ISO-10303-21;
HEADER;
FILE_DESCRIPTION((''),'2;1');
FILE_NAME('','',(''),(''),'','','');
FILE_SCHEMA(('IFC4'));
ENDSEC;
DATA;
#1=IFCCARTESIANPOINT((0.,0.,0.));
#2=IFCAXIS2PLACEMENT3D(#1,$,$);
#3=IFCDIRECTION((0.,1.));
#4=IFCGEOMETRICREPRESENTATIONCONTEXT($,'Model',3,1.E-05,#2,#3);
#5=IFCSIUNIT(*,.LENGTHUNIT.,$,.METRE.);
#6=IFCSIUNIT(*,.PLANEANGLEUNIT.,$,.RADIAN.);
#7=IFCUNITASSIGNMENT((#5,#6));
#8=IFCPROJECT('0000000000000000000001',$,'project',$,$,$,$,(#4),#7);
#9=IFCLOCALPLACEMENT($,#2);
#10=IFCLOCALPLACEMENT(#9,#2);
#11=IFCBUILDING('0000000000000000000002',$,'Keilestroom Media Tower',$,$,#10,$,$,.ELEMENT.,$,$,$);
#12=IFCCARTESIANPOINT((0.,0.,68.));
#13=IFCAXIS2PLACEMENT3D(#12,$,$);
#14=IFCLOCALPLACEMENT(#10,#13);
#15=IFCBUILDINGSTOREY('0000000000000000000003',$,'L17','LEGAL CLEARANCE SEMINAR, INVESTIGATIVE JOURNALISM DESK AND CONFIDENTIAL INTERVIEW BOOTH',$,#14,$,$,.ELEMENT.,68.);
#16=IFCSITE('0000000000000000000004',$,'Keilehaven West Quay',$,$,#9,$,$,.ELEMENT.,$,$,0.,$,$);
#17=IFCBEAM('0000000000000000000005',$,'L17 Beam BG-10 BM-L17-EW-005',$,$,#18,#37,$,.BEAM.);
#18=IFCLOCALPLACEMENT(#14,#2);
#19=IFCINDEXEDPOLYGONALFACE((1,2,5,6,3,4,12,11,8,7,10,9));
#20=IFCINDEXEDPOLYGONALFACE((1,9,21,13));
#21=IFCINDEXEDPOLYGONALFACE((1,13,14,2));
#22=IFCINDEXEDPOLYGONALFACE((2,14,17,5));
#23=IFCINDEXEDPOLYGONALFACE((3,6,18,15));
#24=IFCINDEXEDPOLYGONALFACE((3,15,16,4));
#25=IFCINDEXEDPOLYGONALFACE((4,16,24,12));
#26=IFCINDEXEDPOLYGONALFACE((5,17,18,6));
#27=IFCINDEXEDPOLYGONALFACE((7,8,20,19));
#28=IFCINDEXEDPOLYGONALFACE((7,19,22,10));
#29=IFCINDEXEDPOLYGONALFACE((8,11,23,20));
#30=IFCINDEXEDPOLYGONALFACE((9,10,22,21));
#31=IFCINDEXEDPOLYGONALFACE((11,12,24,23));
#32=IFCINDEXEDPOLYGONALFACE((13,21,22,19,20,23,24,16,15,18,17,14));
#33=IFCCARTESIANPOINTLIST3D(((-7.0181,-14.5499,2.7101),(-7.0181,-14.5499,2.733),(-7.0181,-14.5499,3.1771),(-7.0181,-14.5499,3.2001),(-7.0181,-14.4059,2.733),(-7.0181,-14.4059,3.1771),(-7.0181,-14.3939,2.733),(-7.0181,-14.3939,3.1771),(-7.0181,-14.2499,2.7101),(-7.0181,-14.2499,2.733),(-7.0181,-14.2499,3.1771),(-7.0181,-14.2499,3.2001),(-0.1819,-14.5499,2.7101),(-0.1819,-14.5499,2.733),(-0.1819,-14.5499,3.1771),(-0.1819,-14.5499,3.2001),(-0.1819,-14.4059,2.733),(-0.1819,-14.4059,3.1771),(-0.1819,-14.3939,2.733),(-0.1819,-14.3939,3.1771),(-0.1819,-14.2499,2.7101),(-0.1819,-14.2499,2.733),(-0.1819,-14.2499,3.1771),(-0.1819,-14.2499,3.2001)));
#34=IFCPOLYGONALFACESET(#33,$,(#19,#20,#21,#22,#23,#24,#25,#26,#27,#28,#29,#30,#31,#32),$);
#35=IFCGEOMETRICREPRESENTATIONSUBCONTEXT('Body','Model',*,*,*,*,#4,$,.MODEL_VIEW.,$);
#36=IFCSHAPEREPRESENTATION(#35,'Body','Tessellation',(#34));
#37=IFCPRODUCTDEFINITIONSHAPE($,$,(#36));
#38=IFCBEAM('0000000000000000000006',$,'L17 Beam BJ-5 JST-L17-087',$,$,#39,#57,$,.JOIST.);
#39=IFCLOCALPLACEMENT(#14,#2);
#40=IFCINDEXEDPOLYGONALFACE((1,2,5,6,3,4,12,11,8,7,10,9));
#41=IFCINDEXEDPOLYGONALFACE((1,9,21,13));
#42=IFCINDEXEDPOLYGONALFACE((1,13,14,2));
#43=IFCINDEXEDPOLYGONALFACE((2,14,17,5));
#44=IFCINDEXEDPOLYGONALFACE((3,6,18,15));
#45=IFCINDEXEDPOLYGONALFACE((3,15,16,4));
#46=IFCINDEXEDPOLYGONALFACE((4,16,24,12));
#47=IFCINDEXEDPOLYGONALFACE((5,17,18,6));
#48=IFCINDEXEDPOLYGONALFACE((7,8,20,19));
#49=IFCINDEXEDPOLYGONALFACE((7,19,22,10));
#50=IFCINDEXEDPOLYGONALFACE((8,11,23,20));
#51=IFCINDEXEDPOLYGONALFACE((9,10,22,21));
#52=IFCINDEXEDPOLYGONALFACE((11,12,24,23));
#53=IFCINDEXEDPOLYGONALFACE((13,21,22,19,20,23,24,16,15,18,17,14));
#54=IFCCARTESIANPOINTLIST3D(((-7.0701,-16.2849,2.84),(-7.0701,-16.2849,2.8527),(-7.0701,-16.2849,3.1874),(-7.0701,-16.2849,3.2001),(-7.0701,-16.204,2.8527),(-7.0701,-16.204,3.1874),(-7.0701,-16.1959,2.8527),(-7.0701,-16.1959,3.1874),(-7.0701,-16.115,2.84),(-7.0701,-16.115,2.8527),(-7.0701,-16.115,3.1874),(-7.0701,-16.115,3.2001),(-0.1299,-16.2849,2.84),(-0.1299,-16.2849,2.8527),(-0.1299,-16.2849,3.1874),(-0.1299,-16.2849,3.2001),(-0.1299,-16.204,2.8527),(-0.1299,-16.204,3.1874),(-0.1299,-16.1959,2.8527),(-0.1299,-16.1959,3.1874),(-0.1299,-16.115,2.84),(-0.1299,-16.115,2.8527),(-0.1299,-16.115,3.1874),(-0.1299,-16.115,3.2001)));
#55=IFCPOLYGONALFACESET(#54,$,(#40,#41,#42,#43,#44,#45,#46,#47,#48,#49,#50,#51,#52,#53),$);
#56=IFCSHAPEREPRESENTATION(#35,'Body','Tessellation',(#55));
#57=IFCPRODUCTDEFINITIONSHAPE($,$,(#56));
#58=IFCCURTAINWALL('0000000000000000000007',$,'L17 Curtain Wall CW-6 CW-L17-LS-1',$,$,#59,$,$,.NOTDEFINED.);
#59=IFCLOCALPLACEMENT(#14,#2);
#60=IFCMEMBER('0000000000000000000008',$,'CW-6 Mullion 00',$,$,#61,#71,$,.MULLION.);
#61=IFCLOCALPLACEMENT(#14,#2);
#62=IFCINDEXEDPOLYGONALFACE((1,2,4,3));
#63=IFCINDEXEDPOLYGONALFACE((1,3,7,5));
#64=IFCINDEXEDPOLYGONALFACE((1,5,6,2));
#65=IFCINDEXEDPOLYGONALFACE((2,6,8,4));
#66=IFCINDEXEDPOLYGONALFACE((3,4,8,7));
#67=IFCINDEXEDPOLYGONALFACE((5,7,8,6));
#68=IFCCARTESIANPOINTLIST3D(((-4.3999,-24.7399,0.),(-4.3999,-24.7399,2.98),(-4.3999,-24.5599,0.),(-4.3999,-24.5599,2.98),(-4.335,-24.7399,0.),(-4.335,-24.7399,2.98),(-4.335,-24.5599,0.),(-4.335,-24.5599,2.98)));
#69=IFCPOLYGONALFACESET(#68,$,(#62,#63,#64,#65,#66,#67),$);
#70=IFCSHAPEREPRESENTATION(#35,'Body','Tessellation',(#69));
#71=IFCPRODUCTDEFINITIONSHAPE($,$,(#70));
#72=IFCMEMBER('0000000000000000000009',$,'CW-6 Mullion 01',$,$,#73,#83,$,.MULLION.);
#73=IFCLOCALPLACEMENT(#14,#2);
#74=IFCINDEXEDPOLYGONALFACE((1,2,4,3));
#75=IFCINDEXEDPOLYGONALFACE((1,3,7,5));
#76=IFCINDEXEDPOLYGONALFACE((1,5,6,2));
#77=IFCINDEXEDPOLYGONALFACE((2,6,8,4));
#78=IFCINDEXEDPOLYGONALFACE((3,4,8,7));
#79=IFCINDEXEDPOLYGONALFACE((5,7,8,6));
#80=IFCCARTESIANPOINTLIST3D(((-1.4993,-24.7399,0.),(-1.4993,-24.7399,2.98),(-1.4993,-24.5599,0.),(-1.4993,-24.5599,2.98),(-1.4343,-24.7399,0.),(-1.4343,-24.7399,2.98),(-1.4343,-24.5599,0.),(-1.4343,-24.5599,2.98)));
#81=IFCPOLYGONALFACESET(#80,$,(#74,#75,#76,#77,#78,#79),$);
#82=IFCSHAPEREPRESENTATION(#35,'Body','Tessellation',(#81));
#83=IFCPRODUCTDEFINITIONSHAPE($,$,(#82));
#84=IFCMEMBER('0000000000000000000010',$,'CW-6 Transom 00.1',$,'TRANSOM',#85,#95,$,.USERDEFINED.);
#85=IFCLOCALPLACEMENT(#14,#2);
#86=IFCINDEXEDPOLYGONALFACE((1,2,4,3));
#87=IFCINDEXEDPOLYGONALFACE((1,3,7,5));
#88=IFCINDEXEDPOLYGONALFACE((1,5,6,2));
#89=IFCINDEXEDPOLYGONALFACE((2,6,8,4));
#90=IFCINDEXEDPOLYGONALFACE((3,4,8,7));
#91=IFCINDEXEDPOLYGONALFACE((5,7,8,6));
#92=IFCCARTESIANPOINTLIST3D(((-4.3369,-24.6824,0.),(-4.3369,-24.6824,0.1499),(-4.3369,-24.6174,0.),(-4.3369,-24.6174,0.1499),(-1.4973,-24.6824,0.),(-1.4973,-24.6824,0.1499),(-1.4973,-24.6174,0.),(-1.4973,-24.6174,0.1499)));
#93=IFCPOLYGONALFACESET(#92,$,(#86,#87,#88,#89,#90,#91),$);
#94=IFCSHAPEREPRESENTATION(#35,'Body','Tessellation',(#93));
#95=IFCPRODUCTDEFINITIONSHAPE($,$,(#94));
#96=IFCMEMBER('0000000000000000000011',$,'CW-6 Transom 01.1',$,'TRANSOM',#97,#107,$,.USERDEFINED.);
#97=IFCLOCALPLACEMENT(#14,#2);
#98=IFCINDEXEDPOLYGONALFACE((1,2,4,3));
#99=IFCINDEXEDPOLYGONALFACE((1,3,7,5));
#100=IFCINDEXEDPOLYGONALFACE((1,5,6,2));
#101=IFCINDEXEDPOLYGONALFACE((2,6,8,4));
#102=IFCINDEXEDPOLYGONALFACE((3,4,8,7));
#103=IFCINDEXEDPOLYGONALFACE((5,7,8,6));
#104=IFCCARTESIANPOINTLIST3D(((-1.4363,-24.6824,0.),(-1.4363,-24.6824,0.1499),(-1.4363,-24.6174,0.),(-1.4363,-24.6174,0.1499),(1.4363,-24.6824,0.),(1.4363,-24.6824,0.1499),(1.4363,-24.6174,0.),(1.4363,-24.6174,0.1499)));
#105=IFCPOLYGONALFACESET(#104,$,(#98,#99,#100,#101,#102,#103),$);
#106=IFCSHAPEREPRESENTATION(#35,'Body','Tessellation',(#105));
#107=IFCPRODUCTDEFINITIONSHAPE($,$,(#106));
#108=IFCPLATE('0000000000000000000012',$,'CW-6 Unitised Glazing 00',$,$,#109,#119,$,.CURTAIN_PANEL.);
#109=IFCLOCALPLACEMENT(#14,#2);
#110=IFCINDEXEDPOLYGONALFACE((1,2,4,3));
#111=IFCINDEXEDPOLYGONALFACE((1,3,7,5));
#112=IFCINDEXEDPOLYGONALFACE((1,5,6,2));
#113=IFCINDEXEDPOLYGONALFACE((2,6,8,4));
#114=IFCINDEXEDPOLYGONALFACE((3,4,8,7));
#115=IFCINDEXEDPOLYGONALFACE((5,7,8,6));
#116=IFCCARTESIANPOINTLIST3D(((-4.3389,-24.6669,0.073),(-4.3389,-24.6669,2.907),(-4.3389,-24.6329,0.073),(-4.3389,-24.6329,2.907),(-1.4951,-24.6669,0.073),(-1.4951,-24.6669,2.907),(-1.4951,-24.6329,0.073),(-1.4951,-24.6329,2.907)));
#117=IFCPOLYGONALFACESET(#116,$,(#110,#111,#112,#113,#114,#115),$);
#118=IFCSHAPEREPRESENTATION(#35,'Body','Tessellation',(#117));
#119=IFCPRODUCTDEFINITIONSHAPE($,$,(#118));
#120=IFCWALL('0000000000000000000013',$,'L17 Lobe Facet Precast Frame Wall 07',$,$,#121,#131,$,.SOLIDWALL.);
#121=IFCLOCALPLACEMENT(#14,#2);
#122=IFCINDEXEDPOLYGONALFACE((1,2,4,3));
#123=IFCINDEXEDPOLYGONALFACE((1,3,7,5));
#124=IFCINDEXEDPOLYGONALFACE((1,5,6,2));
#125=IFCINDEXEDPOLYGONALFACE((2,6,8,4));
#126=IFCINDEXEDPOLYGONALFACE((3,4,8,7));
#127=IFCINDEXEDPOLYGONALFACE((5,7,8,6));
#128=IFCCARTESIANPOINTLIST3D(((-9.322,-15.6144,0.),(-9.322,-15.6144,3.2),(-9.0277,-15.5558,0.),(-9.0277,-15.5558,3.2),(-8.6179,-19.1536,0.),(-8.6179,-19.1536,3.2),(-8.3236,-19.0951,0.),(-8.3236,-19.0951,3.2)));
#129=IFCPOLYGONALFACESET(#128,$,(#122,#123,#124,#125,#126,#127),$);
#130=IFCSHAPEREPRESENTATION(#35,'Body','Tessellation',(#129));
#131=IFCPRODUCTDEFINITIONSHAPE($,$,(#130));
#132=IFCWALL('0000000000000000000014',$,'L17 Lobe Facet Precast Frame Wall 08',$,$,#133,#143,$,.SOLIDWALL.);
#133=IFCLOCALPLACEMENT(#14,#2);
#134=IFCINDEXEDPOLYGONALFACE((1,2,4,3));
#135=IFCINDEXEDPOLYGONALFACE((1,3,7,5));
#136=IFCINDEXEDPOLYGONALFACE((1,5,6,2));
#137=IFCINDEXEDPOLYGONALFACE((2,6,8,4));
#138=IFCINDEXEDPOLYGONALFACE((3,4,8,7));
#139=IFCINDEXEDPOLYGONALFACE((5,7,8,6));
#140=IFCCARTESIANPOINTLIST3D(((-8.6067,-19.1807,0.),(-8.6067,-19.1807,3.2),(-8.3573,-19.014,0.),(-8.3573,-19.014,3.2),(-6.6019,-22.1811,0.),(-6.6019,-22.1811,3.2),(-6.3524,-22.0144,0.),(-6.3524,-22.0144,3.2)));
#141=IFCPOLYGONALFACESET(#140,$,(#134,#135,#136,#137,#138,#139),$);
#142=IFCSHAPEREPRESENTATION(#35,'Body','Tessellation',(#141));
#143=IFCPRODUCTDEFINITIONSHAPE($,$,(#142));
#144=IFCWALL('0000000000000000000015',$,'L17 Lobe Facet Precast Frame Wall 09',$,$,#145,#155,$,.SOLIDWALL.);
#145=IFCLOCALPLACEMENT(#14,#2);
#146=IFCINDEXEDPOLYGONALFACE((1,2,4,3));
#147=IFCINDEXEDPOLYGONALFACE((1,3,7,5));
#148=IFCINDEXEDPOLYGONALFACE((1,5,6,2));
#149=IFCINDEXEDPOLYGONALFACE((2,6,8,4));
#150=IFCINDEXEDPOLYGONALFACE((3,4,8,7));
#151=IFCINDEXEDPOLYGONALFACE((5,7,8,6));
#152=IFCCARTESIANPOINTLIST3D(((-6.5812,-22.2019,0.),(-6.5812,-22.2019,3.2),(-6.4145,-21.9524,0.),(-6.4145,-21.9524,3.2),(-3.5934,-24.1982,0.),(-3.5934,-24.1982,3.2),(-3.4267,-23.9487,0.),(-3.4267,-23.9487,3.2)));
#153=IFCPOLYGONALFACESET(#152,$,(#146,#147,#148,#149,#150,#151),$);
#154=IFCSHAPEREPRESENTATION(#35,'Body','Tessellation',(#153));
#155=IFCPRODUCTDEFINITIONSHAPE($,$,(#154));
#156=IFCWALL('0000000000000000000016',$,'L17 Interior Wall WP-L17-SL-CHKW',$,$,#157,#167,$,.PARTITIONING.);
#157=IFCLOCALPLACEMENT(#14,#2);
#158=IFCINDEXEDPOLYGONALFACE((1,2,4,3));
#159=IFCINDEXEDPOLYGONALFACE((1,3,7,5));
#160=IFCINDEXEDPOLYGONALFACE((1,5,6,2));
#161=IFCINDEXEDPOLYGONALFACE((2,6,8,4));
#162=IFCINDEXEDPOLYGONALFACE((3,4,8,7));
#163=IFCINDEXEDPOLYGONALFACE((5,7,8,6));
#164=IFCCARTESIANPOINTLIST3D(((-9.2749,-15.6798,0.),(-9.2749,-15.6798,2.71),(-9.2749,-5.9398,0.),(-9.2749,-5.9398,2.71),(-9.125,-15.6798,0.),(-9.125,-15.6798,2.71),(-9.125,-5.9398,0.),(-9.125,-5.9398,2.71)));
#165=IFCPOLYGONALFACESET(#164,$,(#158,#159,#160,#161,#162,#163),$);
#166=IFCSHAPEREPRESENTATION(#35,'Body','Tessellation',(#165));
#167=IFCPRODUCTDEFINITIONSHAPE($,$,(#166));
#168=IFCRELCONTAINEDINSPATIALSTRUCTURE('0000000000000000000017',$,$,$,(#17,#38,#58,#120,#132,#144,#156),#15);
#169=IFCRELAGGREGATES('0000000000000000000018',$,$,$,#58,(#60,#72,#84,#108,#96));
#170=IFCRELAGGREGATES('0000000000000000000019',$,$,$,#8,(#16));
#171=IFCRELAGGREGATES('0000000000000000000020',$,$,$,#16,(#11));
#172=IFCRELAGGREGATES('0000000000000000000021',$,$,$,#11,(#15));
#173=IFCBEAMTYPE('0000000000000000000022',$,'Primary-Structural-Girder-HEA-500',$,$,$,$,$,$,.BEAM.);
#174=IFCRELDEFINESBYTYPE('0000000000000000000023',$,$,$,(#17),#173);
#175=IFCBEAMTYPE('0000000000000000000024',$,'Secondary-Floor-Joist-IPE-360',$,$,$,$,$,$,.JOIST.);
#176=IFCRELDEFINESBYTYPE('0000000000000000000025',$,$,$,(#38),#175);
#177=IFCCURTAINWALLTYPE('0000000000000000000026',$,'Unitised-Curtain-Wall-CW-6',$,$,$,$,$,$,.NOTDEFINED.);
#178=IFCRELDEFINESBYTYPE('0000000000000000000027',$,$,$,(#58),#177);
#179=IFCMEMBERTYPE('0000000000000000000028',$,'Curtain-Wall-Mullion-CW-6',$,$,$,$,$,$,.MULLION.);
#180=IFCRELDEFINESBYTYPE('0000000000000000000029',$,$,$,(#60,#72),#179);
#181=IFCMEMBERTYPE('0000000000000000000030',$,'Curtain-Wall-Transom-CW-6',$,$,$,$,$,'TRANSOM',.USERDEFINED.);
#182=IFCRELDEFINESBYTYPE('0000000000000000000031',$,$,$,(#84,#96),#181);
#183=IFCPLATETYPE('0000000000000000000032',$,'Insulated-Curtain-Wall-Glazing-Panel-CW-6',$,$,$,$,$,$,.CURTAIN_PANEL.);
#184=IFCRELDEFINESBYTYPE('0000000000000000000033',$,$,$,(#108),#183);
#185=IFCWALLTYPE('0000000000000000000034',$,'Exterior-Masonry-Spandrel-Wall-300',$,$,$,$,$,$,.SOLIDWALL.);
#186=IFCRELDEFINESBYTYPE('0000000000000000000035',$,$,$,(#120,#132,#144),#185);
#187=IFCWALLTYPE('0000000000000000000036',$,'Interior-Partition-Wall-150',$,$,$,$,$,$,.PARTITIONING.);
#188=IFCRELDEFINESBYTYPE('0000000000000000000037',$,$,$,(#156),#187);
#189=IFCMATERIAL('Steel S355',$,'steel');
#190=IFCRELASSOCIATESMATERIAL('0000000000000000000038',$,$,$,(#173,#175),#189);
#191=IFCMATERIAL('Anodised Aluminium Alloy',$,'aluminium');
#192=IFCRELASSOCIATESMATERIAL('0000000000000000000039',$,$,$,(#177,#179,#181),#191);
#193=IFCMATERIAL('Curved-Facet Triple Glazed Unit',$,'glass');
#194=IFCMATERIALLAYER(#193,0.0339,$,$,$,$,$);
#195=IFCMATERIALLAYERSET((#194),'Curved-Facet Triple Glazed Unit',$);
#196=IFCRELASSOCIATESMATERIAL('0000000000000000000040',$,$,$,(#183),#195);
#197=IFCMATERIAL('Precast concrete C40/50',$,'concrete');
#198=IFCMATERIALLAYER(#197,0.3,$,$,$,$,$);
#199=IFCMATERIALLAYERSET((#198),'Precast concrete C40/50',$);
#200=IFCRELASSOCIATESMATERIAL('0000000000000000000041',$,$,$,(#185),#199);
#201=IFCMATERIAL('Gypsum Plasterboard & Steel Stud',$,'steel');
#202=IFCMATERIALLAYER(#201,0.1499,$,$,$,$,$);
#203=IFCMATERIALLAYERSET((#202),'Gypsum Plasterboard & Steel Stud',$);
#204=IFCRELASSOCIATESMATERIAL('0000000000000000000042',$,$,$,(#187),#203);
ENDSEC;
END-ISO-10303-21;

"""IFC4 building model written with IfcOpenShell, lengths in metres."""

from ifc_helpers import new_model, si_unit, direction, frame, frame_2d, origin, origin_2d, place, context, subcontext, project, spatial, rectangle, i_section, extrude, source, transform, mapped, material, layer, layer_set, material_profile, profile_set, type_object, element, aggregate, save


model = new_model("IFC4")

# Units and contexts
model_context = context("Model", 3, precision=1e-05, world=origin(), true_north=direction((0.0, 1.0)))
body_context = subcontext(model_context, "Body", "Model", "MODEL_VIEW")
ifc_project = project(units=[si_unit("LENGTHUNIT", "METRE"), si_unit("PLANEANGLEUNIT", "RADIAN")], contexts=[model_context])

# Site, building, storey
site_placement = place(None, origin())
site = spatial("IfcSite", under=ifc_project, at=site_placement, Name="Keilehaven West Quay", CompositionType="ELEMENT", RefElevation=0.0)
building_placement = place(site_placement, origin())
building = spatial("IfcBuilding", under=site, at=building_placement, Name="Keilestroom Media Tower", CompositionType="ELEMENT")
storey_placement = place(building_placement, frame((0.0, 0.0, 68.0)))
storey = spatial("IfcBuildingStorey", under=building, at=storey_placement, Name="L17", Description="LEGAL CLEARANCE SEMINAR, INVESTIGATIVE JOURNALISM DESK AND CONFIDENTIAL INTERVIEW BOOTH", CompositionType="ELEMENT", Elevation=68.0)

# Beams
ifc_material_1 = material(Name="Steel S355", Category="steel")
ifc_material_profile_1 = material_profile(ifc_material_1, i_section(OverallWidth=0.3, OverallDepth=0.49, WebThickness=0.012, FlangeThickness=0.0229, at=origin_2d()), Name="HEA 500")
ifc_profile_set_1 = profile_set([ifc_material_profile_1], Name="Steel S355")
beam_type_1 = type_object("IfcBeamType", Name="Primary-Structural-Girder-HEA-500", PredefinedType="BEAM", material=ifc_profile_set_1)
shared_shape_1 = source(origin(), body_context, "Body", "SweptSolid", [
    extrude(i_section(OverallWidth=0.3, OverallDepth=0.49, WebThickness=0.012, FlangeThickness=0.0229, at=origin_2d()), origin(), (0.0, 0.0, 1.0), 6.8362),
])
for number, where, z_axis, x_axis, name in (
    (1, (-7.0181, -14.3999, 2.9551), (1.0, 0.0, 0.0), (0.0, 1.0, 0.0), "L17 Beam BG-10 BM-L17-EW-005"),
):
    element("IfcBeam", number, at=place(storey_placement, frame(where, z_axis=z_axis, x_axis=x_axis)), inside=storey, type_object=beam_type_1, Name=name, PredefinedType="BEAM", context=body_context, shape_type="MappedRepresentation", body=[
        mapped(shared_shape_1, transform((0.0, 0.0, 0.0), x_axis=(1.0, 0.0, 0.0), y_axis=(0.0, 1.0, 0.0), z_axis=(0.0, 0.0, 1.0), scale=1.0)),
    ])
ifc_material_profile_2 = material_profile(ifc_material_1, i_section(OverallWidth=0.1699, OverallDepth=0.3601, WebThickness=0.0081, FlangeThickness=0.0127, at=origin_2d()), Name="IPE 360")
ifc_profile_set_2 = profile_set([ifc_material_profile_2], Name="Steel S355")
beam_type_2 = type_object("IfcBeamType", Name="Secondary-Floor-Joist-IPE-360", PredefinedType="JOIST", material=ifc_profile_set_2)
shared_shape_2 = source(origin(), body_context, "Body", "SweptSolid", [
    extrude(i_section(OverallWidth=0.1699, OverallDepth=0.3601, WebThickness=0.0081, FlangeThickness=0.0127, at=origin_2d()), origin(), (0.0, 0.0, 1.0), 6.9402),
])
beam_1_placement = place(storey_placement, frame((-7.0701, -16.2, 3.02), z_axis=(1.0, 0.0, 0.0), x_axis=(0.0, 1.0, 0.0)))
element("IfcBeam", 2, at=beam_1_placement, inside=storey, type_object=beam_type_2, Name="L17 Beam BJ-5 JST-L17-087", PredefinedType="JOIST", context=body_context, shape_type="MappedRepresentation", body=[
    mapped(shared_shape_2, transform((0.0, 0.0, 0.0), x_axis=(1.0, 0.0, 0.0), y_axis=(0.0, 1.0, 0.0), z_axis=(0.0, 0.0, 1.0), scale=1.0)),
])

# Curtain wall, members, plate
ifc_material_2 = material(Name="Anodised Aluminium Alloy", Category="aluminium")
curtain_wall_type = type_object("IfcCurtainWallType", Name="Unitised-Curtain-Wall-CW-6", PredefinedType="NOTDEFINED", material=ifc_material_2)
curtain_wall_placement = place(storey_placement, origin())
curtain_wall = element("IfcCurtainWall", 3, at=curtain_wall_placement, inside=storey, type_object=curtain_wall_type, Name="L17 Curtain Wall CW-6 CW-L17-LS-1", PredefinedType="NOTDEFINED")
ifc_material_profile_3 = material_profile(ifc_material_2, rectangle(XDim=0.0649, YDim=0.1799, at=origin_2d()), Name="ALU MULLION 65x180")
ifc_profile_set_3 = profile_set([ifc_material_profile_3], Name="Anodised Aluminium Alloy")
member_type_1 = type_object("IfcMemberType", Name="Curtain-Wall-Mullion-CW-6", PredefinedType="MULLION", material=ifc_profile_set_3)
shared_shape_3 = source(origin(), body_context, "Body", "SweptSolid", [
    extrude(rectangle(XDim=0.0649, YDim=0.1799, at=origin_2d()), origin(), (0.0, 0.0, 1.0), 2.98),
])
member_1_placement = place(storey_placement, frame((-4.3674, -24.6499, 0.0), z_axis=(0.0, 0.0, 1.0), x_axis=(1.0, 0.0, 0.0)))
member_1 = element("IfcMember", 4, at=member_1_placement, type_object=member_type_1, Name="CW-6 Mullion 00", PredefinedType="MULLION", context=body_context, shape_type="MappedRepresentation", body=[
    mapped(shared_shape_3, transform((0.0, 0.0, 0.0), x_axis=(1.0, 0.0, 0.0), y_axis=(0.0, 1.0, 0.0), z_axis=(0.0, 0.0, 1.0), scale=1.0)),
])
member_2_placement = place(storey_placement, frame((-1.4668, -24.6499, 0.0), z_axis=(0.0, 0.0, 1.0), x_axis=(1.0, 0.0, 0.0)))
member_2 = element("IfcMember", 5, at=member_2_placement, type_object=member_type_1, Name="CW-6 Mullion 01", PredefinedType="MULLION", context=body_context, shape_type="MappedRepresentation", body=[
    mapped(shared_shape_3, transform((0.0, 0.0, 0.0), x_axis=(1.0, 0.0, 0.0), y_axis=(0.0, 1.0, 0.0), z_axis=(0.0, 0.0, 1.0), scale=1.0)),
])
ifc_material_profile_4 = material_profile(ifc_material_2, rectangle(XDim=0.0649, YDim=0.1499, at=origin_2d()), Name="ALU TRANSOM 65x150")
ifc_profile_set_4 = profile_set([ifc_material_profile_4], Name="Anodised Aluminium Alloy")
member_type_2 = type_object("IfcMemberType", Name="Curtain-Wall-Transom-CW-6", ElementType="TRANSOM", PredefinedType="USERDEFINED", material=ifc_profile_set_4)
shared_shape_4 = source(origin(), body_context, "Body", "SweptSolid", [
    extrude(rectangle(XDim=0.0649, YDim=0.1499, at=origin_2d()), origin(), (0.0, 0.0, 1.0), 2.8396),
])
member_3_placement = place(storey_placement, frame((-4.3369, -24.6499, 0.075), z_axis=(1.0, 0.0, 0.0), x_axis=(0.0, 1.0, 0.0)))
member_3 = element("IfcMember", 6, at=member_3_placement, type_object=member_type_2, Name="CW-6 Transom 00.1", ObjectType="TRANSOM", PredefinedType="USERDEFINED", context=body_context, shape_type="MappedRepresentation", body=[
    mapped(shared_shape_4, transform((0.0, 0.0, 0.0), x_axis=(1.0, 0.0, 0.0), y_axis=(0.0, 1.0, 0.0), z_axis=(0.0, 0.0, 1.0), scale=1.0)),
])
shared_shape_5 = source(origin(), body_context, "Body", "SweptSolid", [
    extrude(rectangle(XDim=0.0649, YDim=0.1499, at=origin_2d()), origin(), (0.0, 0.0, 1.0), 2.8726),
])
member_4_placement = place(storey_placement, frame((-1.4363, -24.6499, 0.075), z_axis=(1.0, 0.0, 0.0), x_axis=(0.0, 1.0, 0.0)))
member_4 = element("IfcMember", 7, at=member_4_placement, type_object=member_type_2, Name="CW-6 Transom 01.1", ObjectType="TRANSOM", PredefinedType="USERDEFINED", context=body_context, shape_type="MappedRepresentation", body=[
    mapped(shared_shape_5, transform((0.0, 0.0, 0.0), x_axis=(1.0, 0.0, 0.0), y_axis=(0.0, 1.0, 0.0), z_axis=(0.0, 0.0, 1.0), scale=1.0)),
])
ifc_material_3 = material(Name="Curved-Facet Triple Glazed Unit", Category="glass")
ifc_layer_1 = layer(ifc_material_3, 0.0339)
ifc_layer_set_1 = layer_set([ifc_layer_1], Name="Curved-Facet Triple Glazed Unit")
plate_type = type_object("IfcPlateType", Name="Insulated-Curtain-Wall-Glazing-Panel-CW-6", PredefinedType="CURTAIN_PANEL", material=ifc_layer_set_1)
shared_shape_6 = source(origin(), body_context, "Body", "SweptSolid", [
    extrude(rectangle(XDim=2.8438, YDim=0.0339, at=origin_2d()), origin(), (0.0, 0.0, 1.0), 2.834),
])
plate_placement = place(storey_placement, frame((-2.917, -24.6499, 0.073), z_axis=(0.0, 0.0, 1.0), x_axis=(1.0, 0.0, 0.0)))
plate = element("IfcPlate", 8, at=plate_placement, type_object=plate_type, Name="CW-6 Unitised Glazing 00", PredefinedType="CURTAIN_PANEL", context=body_context, shape_type="MappedRepresentation", body=[
    mapped(shared_shape_6, transform((0.0, 0.0, 0.0), x_axis=(1.0, 0.0, 0.0), y_axis=(0.0, 1.0, 0.0), z_axis=(0.0, 0.0, 1.0), scale=1.0)),
])
aggregate(curtain_wall, [member_1, member_2, member_3, plate, member_4])

# Walls
ifc_material_4 = material(Name="Precast concrete C40/50", Category="concrete")
ifc_layer_2 = layer(ifc_material_4, 0.3)
ifc_layer_set_2 = layer_set([ifc_layer_2], Name="Precast concrete C40/50")
wall_type_1 = type_object("IfcWallType", Name="Exterior-Masonry-Spandrel-Wall-300", PredefinedType="SOLIDWALL", material=ifc_layer_set_2)
for number, where, z_axis, x_axis, name in (
    (9, (-9.1748, -15.5852, 0.0), (0.0, 0.0, 1.0), (0.195114, -0.980781, 0.0), "L17 Lobe Facet Precast Frame Wall 07"),
    (10, (-8.4819, -19.0974, 0.0), (0.0, 0.0, 1.0), (0.555574, -0.831467, 0.0), "L17 Lobe Facet Precast Frame Wall 08"),
):
    element("IfcWall", number, at=place(storey_placement, frame(where, z_axis=z_axis, x_axis=x_axis)), inside=storey, type_object=wall_type_1, Name=name, PredefinedType="SOLIDWALL", context=body_context, shape_type="SweptSolid", body=[
        extrude(rectangle(XDim=3.6086, YDim=0.3, at=frame_2d((1.8042, 0.0))), origin(), (0.0, 0.0, 1.0), 3.2),
    ])
wall_1_placement = place(storey_placement, frame((-6.4978, -22.0771, 0.0), z_axis=(0.0, 0.0, 1.0), x_axis=(0.831475, -0.555562, 0.0)))
element("IfcWall", 11, at=wall_1_placement, inside=storey, type_object=wall_type_1, Name="L17 Lobe Facet Precast Frame Wall 09", PredefinedType="SOLIDWALL", context=body_context, shape_type="SweptSolid", body=[
    extrude(rectangle(XDim=3.5933, YDim=0.3, at=frame_2d((1.7966, 0.0))), origin(), (0.0, 0.0, 1.0), 3.2),
])
ifc_material_5 = material(Name="Gypsum Plasterboard & Steel Stud", Category="steel")
ifc_layer_3 = layer(ifc_material_5, 0.1499)
ifc_layer_set_3 = layer_set([ifc_layer_3], Name="Gypsum Plasterboard & Steel Stud")
wall_type_2 = type_object("IfcWallType", Name="Interior-Partition-Wall-150", PredefinedType="PARTITIONING", material=ifc_layer_set_3)
wall_2_placement = place(storey_placement, frame((-9.2, -15.6799, 0.0), z_axis=(0.0, 0.0, 1.0), x_axis=(0.0, 1.0, 0.0)))
element("IfcWall", 12, at=wall_2_placement, inside=storey, type_object=wall_type_2, Name="L17 Interior Wall WP-L17-SL-CHKW", PredefinedType="PARTITIONING", context=body_context, shape_type="SweptSolid", body=[
    extrude(rectangle(XDim=9.74, YDim=0.1499, at=frame_2d((4.8701, 0.0))), origin(), (0.0, 0.0, 1.0), 2.71),
])

save(model, "model.ifc")
